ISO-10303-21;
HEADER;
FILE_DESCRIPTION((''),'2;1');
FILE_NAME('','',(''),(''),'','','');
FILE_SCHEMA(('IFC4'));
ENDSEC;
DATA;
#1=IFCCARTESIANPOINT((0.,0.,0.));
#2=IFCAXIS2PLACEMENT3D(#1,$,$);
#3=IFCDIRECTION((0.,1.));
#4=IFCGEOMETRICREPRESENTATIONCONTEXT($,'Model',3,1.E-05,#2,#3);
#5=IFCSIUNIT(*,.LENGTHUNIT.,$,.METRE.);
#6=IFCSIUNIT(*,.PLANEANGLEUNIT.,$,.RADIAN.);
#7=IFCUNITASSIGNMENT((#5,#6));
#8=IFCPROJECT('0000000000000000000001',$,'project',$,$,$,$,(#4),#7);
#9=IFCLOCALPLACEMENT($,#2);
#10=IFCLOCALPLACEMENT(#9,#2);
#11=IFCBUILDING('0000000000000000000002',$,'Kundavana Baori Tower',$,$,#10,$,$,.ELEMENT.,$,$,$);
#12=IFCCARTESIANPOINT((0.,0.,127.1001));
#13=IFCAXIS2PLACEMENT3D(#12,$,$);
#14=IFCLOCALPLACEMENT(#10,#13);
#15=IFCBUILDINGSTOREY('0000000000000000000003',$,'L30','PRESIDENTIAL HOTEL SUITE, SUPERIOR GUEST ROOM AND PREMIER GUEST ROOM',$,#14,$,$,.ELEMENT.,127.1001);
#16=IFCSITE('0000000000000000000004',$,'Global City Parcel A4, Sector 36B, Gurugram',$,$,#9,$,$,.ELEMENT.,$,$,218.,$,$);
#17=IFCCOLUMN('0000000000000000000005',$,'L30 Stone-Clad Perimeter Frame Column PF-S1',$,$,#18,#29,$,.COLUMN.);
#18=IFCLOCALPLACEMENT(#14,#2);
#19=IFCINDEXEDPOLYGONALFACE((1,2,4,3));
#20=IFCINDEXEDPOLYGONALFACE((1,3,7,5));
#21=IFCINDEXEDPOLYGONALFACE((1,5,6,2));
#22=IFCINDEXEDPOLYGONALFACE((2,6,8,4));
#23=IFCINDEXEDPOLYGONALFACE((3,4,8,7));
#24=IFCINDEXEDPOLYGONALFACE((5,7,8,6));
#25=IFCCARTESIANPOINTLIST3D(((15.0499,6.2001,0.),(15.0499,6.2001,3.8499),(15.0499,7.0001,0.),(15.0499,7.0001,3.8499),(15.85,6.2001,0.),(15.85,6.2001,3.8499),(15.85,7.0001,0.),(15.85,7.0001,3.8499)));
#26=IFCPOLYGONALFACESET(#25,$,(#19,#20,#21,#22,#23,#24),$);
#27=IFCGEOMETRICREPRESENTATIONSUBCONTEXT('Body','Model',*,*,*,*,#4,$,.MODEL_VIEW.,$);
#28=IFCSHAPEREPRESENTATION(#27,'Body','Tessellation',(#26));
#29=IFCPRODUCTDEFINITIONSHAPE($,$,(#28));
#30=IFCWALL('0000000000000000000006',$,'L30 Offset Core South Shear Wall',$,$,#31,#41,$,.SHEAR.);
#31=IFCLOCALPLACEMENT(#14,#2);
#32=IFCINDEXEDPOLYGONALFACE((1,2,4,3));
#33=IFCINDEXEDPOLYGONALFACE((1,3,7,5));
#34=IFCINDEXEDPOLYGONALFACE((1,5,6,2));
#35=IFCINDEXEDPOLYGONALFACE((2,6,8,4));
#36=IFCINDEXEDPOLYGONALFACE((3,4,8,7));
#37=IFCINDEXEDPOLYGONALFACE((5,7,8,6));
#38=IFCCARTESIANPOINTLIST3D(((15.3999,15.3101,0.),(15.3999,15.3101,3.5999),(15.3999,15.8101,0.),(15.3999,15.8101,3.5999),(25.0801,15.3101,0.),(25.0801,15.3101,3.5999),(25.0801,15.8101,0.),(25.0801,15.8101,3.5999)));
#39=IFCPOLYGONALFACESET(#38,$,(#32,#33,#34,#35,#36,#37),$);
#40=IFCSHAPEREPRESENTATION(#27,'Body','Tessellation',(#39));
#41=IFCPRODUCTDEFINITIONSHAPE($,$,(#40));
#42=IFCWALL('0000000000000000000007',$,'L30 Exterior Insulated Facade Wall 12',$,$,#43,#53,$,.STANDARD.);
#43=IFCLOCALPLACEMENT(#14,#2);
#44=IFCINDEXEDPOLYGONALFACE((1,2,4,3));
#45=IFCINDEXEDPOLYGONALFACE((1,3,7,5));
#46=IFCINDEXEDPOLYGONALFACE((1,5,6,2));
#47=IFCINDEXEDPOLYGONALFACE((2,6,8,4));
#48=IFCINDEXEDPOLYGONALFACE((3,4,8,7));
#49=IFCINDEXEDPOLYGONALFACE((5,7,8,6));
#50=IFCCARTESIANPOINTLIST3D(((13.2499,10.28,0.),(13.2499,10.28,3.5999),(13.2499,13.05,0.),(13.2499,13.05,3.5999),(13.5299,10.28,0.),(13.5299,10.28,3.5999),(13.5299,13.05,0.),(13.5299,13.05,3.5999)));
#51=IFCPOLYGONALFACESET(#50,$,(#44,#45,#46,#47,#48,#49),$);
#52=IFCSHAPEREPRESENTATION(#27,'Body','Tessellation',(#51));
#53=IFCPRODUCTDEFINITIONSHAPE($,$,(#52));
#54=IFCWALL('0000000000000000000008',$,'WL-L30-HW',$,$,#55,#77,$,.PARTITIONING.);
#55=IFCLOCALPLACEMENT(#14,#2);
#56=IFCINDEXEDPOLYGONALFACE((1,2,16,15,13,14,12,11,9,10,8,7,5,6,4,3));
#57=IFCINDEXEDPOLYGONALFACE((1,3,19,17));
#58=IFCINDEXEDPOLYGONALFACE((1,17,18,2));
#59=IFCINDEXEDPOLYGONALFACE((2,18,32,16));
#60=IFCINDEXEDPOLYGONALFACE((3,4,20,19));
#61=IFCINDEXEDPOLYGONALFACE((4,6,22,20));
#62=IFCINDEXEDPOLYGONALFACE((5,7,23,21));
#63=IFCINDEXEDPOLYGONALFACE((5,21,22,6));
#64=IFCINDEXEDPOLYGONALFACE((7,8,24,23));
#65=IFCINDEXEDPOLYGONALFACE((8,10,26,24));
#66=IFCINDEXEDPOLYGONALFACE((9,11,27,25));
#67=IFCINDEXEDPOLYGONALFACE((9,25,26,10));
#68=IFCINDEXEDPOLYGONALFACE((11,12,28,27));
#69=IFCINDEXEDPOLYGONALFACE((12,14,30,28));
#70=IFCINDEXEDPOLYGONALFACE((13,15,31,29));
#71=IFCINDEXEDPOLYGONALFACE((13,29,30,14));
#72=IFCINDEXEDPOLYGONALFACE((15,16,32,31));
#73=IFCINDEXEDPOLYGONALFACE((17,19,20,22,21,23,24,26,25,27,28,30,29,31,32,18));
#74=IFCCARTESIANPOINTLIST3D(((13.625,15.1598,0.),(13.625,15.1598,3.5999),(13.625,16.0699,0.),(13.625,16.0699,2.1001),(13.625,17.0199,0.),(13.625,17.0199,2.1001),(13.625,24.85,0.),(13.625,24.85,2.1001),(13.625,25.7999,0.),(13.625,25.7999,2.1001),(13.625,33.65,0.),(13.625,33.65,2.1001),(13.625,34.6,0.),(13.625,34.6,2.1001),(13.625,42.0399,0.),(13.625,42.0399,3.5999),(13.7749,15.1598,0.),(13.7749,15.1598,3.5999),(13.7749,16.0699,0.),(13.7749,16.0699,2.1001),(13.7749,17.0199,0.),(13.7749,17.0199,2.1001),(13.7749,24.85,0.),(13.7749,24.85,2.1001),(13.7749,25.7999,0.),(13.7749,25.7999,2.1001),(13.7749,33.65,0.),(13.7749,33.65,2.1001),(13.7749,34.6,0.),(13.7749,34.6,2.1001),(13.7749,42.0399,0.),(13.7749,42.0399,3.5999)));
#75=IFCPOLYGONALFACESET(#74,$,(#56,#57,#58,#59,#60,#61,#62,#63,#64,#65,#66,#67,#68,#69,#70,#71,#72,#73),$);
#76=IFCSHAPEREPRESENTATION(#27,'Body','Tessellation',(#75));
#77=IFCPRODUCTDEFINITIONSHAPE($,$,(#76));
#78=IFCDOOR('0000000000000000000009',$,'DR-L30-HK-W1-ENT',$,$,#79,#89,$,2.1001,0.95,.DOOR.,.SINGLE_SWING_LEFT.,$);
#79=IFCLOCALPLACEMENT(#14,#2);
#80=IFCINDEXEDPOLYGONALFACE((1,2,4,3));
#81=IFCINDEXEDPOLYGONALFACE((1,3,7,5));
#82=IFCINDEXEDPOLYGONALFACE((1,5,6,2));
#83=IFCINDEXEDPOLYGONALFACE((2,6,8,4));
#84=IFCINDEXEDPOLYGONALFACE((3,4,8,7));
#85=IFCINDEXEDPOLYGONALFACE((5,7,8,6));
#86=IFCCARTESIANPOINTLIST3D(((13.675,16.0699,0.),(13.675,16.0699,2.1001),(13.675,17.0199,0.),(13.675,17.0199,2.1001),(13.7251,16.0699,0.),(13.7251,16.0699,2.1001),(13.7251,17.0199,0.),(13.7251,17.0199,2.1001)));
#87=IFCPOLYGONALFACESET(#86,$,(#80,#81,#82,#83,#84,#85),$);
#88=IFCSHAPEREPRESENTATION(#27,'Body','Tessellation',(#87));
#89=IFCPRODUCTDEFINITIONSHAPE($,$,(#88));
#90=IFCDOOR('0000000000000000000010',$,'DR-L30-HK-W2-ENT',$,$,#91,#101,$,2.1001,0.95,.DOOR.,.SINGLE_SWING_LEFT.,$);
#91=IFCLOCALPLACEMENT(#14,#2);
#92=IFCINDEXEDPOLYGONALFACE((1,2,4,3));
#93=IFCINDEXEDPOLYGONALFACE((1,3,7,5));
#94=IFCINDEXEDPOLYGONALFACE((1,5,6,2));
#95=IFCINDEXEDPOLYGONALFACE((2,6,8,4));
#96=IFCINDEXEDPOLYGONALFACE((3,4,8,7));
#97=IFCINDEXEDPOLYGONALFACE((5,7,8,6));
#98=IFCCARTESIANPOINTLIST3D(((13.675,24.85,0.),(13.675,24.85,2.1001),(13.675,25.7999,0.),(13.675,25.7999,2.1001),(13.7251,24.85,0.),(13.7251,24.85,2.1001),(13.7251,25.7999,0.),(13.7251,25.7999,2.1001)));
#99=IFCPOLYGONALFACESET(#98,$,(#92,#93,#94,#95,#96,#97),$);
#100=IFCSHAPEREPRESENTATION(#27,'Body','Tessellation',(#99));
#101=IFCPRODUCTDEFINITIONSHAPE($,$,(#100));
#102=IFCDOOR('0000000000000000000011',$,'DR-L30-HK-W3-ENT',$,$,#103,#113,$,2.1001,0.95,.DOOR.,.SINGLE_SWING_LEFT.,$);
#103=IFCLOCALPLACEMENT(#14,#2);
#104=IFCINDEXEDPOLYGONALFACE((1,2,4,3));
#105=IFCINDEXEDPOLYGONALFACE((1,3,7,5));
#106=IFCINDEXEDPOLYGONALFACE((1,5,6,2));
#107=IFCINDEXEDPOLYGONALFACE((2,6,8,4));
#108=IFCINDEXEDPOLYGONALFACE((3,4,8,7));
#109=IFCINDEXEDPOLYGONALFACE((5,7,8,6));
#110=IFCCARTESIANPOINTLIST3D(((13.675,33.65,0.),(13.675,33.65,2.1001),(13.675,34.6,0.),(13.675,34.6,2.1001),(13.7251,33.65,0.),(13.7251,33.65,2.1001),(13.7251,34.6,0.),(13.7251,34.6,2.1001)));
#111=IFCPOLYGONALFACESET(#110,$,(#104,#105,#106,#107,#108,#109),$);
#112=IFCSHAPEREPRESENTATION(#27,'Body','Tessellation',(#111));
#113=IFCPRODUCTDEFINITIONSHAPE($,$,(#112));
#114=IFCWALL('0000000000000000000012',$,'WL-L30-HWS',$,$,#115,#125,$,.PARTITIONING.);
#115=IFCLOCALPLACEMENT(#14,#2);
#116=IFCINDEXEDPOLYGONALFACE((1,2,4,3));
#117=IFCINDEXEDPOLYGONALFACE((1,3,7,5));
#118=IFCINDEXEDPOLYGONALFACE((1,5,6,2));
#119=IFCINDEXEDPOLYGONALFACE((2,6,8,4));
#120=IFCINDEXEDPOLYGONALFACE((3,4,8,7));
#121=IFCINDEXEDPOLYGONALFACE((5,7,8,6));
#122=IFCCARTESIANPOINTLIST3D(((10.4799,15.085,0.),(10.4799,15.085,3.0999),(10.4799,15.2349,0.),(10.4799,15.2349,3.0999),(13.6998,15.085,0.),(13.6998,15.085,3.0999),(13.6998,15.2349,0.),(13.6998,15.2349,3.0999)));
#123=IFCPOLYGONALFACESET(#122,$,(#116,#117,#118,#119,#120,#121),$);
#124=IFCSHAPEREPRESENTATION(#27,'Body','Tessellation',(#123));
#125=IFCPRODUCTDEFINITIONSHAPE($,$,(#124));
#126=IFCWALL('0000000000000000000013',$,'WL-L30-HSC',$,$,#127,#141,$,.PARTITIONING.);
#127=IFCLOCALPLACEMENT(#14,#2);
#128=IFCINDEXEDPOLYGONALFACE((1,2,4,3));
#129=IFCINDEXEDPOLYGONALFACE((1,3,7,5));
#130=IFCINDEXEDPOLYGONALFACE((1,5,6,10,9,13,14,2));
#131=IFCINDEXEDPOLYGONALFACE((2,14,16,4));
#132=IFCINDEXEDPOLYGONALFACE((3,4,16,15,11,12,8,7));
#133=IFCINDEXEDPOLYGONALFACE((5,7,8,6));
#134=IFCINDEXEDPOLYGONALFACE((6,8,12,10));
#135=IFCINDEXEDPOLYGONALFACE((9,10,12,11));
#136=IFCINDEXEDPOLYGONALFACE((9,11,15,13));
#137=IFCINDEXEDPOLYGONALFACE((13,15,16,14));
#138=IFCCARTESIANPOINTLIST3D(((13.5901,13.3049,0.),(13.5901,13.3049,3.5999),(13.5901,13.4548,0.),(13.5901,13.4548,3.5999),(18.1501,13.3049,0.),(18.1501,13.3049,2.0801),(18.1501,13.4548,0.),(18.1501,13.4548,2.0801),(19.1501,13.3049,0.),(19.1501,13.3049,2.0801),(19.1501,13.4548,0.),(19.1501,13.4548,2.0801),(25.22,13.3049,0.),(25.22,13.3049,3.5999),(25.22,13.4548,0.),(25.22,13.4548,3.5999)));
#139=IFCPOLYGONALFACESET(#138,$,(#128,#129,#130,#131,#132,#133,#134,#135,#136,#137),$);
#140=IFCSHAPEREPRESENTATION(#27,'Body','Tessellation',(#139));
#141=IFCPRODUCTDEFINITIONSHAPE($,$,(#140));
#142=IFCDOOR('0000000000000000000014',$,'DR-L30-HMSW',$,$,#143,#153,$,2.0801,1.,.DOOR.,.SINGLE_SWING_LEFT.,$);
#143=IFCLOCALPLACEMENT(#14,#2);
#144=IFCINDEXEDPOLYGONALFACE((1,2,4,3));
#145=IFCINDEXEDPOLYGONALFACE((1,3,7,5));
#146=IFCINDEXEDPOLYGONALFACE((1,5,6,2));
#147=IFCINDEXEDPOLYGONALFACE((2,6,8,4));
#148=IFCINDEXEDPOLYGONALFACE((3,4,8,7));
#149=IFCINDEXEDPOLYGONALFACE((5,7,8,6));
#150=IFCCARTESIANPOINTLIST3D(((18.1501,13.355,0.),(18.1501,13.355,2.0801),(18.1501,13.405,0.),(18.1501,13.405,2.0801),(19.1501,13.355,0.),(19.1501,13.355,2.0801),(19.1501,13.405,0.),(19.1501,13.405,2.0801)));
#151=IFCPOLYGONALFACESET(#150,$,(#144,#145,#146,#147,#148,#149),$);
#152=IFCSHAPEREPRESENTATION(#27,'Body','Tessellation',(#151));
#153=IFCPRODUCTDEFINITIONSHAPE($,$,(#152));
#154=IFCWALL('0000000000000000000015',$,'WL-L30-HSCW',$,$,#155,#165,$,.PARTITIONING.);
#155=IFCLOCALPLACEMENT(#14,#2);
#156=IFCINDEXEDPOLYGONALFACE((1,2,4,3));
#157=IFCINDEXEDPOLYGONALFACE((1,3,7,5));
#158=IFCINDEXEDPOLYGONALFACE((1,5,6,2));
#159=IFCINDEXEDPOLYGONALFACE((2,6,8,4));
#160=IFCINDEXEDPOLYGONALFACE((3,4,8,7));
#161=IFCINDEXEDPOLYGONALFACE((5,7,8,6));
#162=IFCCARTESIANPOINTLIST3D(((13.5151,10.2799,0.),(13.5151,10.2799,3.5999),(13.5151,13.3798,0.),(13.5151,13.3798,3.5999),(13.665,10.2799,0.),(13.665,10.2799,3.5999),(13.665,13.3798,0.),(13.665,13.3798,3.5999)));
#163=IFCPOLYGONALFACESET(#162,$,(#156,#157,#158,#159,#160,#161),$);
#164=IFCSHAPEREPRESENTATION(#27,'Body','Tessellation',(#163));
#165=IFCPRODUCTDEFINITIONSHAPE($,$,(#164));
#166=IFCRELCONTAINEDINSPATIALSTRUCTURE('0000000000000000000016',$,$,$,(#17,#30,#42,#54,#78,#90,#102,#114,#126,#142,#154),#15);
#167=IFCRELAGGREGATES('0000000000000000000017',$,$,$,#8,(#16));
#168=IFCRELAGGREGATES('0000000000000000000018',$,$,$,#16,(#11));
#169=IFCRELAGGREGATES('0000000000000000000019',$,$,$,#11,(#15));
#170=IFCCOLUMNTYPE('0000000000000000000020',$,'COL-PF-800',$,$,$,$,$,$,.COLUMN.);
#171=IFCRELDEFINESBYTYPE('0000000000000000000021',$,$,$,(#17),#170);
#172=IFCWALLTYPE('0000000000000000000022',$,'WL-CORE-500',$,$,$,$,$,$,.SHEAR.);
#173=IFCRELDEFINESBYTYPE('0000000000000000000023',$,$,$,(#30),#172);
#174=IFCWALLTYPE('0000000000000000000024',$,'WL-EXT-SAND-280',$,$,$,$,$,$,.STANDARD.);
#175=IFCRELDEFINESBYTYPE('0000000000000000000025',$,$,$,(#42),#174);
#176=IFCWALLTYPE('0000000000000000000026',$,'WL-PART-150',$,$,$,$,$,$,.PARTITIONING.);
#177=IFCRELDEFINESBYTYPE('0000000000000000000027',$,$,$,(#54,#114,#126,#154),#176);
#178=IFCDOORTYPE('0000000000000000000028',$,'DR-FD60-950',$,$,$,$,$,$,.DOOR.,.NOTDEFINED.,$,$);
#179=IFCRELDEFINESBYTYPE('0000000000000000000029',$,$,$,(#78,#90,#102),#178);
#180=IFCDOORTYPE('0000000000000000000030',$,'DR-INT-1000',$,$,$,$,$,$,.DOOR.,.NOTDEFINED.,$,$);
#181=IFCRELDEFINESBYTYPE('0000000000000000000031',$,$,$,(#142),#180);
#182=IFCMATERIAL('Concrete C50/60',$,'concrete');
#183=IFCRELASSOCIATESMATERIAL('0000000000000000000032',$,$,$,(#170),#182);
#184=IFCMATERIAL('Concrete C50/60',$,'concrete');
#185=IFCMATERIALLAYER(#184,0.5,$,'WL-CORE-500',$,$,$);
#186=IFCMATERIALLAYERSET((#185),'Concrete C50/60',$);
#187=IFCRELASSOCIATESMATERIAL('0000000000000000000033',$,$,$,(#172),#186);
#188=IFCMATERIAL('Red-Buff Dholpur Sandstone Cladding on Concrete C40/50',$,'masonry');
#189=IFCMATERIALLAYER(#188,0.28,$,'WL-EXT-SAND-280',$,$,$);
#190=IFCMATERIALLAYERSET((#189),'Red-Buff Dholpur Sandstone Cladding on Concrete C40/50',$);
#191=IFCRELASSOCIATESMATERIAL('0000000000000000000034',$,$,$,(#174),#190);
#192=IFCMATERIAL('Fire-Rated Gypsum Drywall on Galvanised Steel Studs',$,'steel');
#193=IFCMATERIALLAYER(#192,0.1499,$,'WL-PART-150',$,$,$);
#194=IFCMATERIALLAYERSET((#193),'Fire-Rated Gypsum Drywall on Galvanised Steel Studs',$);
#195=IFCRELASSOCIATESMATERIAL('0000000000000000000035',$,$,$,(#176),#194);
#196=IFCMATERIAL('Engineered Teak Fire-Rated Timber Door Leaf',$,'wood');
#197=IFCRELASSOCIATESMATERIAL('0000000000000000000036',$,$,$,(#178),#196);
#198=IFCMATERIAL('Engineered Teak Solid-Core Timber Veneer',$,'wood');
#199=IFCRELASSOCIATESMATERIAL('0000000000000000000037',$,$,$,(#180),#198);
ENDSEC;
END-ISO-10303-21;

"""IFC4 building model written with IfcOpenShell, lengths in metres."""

from ifc_helpers import new_model, si_unit, direction, frame, frame_2d, origin, origin_2d, place, context, subcontext, project, spatial, rectangle, extrude, material, layer, layer_set, material_profile, profile_set, type_object, element, fill, save


model = new_model("IFC4")

# Units and contexts
model_context = context("Model", 3, precision=1e-05, world=origin(), true_north=direction((0.0, 1.0)))
body_context = subcontext(model_context, "Body", "Model", "MODEL_VIEW")
ifc_project = project(units=[si_unit("LENGTHUNIT", "METRE"), si_unit("PLANEANGLEUNIT", "RADIAN")], contexts=[model_context])

# Site, building, storey
site_placement = place(None, origin())
site = spatial("IfcSite", under=ifc_project, at=site_placement, Name="Global City Parcel A4, Sector 36B, Gurugram", CompositionType="ELEMENT", RefElevation=218.0)
building_placement = place(site_placement, origin())
building = spatial("IfcBuilding", under=site, at=building_placement, Name="Kundavana Baori Tower", CompositionType="ELEMENT")
storey_placement = place(building_placement, frame((0.0, 0.0, 127.1001)))
storey = spatial("IfcBuildingStorey", under=building, at=storey_placement, Name="L30", Description="PRESIDENTIAL HOTEL SUITE, SUPERIOR GUEST ROOM AND PREMIER GUEST ROOM", CompositionType="ELEMENT", Elevation=127.1001)

# Column
ifc_material_1 = material(Name="Concrete C50/60", Category="concrete")
ifc_material_profile = material_profile(ifc_material_1, rectangle(XDim=0.8, YDim=0.8, at=origin_2d()), Name="RC PF 800x800")
ifc_profile_set = profile_set([ifc_material_profile], Name="Concrete C50/60")
column_type = type_object("IfcColumnType", Name="COL-PF-800", PredefinedType="COLUMN", material=ifc_profile_set)
column_placement = place(storey_placement, frame((15.45, 6.6001, 0.0), z_axis=(0.0, 0.0, 1.0), x_axis=(1.0, 0.0, 0.0)))
element("IfcColumn", 1, at=column_placement, inside=storey, type_object=column_type, Name="L30 Stone-Clad Perimeter Frame Column PF-S1", PredefinedType="COLUMN", context=body_context, shape_type="SweptSolid", body=[
    extrude(rectangle(XDim=0.8, YDim=0.8, at=origin_2d()), origin(), (0.0, 0.0, 1.0), 3.8499),
])

# Wall
ifc_material_2 = material(Name="Concrete C50/60", Category="concrete")
ifc_layer_1 = layer(ifc_material_2, 0.5, Name="WL-CORE-500")
ifc_layer_set_1 = layer_set([ifc_layer_1], Name="Concrete C50/60")
wall_type_1 = type_object("IfcWallType", Name="WL-CORE-500", PredefinedType="SHEAR", material=ifc_layer_set_1)
wall_1_placement = place(storey_placement, frame((15.3999, 15.5601, 0.0), z_axis=(0.0, 0.0, 1.0), x_axis=(1.0, 0.0, 0.0)))
element("IfcWall", 2, at=wall_1_placement, inside=storey, type_object=wall_type_1, Name="L30 Offset Core South Shear Wall", PredefinedType="SHEAR", context=body_context, shape_type="SweptSolid", body=[
    extrude(rectangle(XDim=9.6802, YDim=0.5, at=frame_2d((4.8401, 0.0))), origin(), (0.0, 0.0, 1.0), 3.5999),
])

# Shared definitions
ifc_material_3 = material(Name="Red-Buff Dholpur Sandstone Cladding on Concrete C40/50", Category="masonry")
ifc_layer_2 = layer(ifc_material_3, 0.28, Name="WL-EXT-SAND-280")
ifc_layer_set_2 = layer_set([ifc_layer_2], Name="Red-Buff Dholpur Sandstone Cladding on Concrete C40/50")
wall_type_2 = type_object("IfcWallType", Name="WL-EXT-SAND-280", PredefinedType="STANDARD", material=ifc_layer_set_2)

# Wall
wall_2_placement = place(storey_placement, frame((13.3899, 13.05, 0.0), z_axis=(0.0, 0.0, 1.0), x_axis=(0.0, -1.0, 0.0)))
element("IfcWall", 3, at=wall_2_placement, inside=storey, type_object=wall_type_2, Name="L30 Exterior Insulated Facade Wall 12", PredefinedType="STANDARD", context=body_context, shape_type="SweptSolid", body=[
    extrude(rectangle(XDim=2.77, YDim=0.28, at=frame_2d((1.385, 0.0))), origin(), (0.0, 0.0, 1.0), 3.5999),
])

# Wall, openings, doors
ifc_material_4 = material(Name="Fire-Rated Gypsum Drywall on Galvanised Steel Studs", Category="steel")
ifc_layer_3 = layer(ifc_material_4, 0.1499, Name="WL-PART-150")
ifc_layer_set_3 = layer_set([ifc_layer_3], Name="Fire-Rated Gypsum Drywall on Galvanised Steel Studs")
wall_type_3 = type_object("IfcWallType", Name="WL-PART-150", PredefinedType="PARTITIONING", material=ifc_layer_set_3)
wall_3_placement = place(storey_placement, frame((13.7, 15.1599, 0.0), z_axis=(0.0, 0.0, 1.0), x_axis=(0.0, 1.0, 0.0)))
wall_3 = element("IfcWall", 4, at=wall_3_placement, inside=storey, type_object=wall_type_3, Name="WL-L30-HW", PredefinedType="PARTITIONING", context=body_context, shape_type="SweptSolid", body=[
    extrude(rectangle(XDim=26.8801, YDim=0.1499, at=frame_2d((13.4399, 0.0))), origin(), (0.0, 0.0, 1.0), 3.5999),
])
opening_1_placement = place(wall_3_placement, frame((0.9099, 0.0, 0.0)))
opening_1 = element("IfcOpeningElement", 5, at=opening_1_placement, cuts=wall_3, PredefinedType="OPENING", context=body_context, shape_type="SweptSolid", body=[
    extrude(rectangle(XDim=0.95, YDim=2.1001, at=frame_2d((0.4751, 1.05))), frame((0.0, 0.085, 0.0), z_axis=(0.0, -1.0, 0.0), x_axis=(1.0, 0.0, 0.0)), (0.0, 0.0, 1.0), 0.1699),
])
opening_2_placement = place(wall_3_placement, frame((9.6899, 0.0, 0.0)))
opening_2 = element("IfcOpeningElement", 6, at=opening_2_placement, cuts=wall_3, PredefinedType="OPENING", context=body_context, shape_type="SweptSolid", body=[
    extrude(rectangle(XDim=0.95, YDim=2.1001, at=frame_2d((0.4751, 1.05))), frame((0.0, 0.085, 0.0), z_axis=(0.0, -1.0, 0.0), x_axis=(1.0, 0.0, 0.0)), (0.0, 0.0, 1.0), 0.1699),
])
opening_3_placement = place(wall_3_placement, frame((18.49, 0.0, 0.0)))
opening_3 = element("IfcOpeningElement", 7, at=opening_3_placement, cuts=wall_3, PredefinedType="OPENING", context=body_context, shape_type="SweptSolid", body=[
    extrude(rectangle(XDim=0.95, YDim=2.1001, at=frame_2d((0.4751, 1.05))), frame((0.0, 0.085, 0.0), z_axis=(0.0, -1.0, 0.0), x_axis=(1.0, 0.0, 0.0)), (0.0, 0.0, 1.0), 0.1699),
])
ifc_material_5 = material(Name="Engineered Teak Fire-Rated Timber Door Leaf", Category="wood")
door_type_1 = type_object("IfcDoorType", Name="DR-FD60-950", OperationType="NOTDEFINED", PredefinedType="DOOR", material=ifc_material_5)
door_1_placement = place(opening_1_placement, origin())
door_1 = element("IfcDoor", 8, at=door_1_placement, inside=storey, type_object=door_type_1, Name="DR-L30-HK-W1-ENT", OperationType="SINGLE_SWING_LEFT", OverallHeight=2.1001, OverallWidth=0.95, PredefinedType="DOOR", context=body_context, shape_type="SweptSolid", body=[
    extrude(rectangle(XDim=0.95, YDim=2.1001, at=frame_2d((0.4751, 1.05))), frame((0.0, 0.0249, 0.0), z_axis=(0.0, -1.0, 0.0), x_axis=(1.0, 0.0, 0.0)), (0.0, 0.0, 1.0), 0.05),
])
fill(opening_1, door_1)
door_2_placement = place(opening_2_placement, origin())
door_2 = element("IfcDoor", 9, at=door_2_placement, inside=storey, type_object=door_type_1, Name="DR-L30-HK-W2-ENT", OperationType="SINGLE_SWING_LEFT", OverallHeight=2.1001, OverallWidth=0.95, PredefinedType="DOOR", context=body_context, shape_type="SweptSolid", body=[
    extrude(rectangle(XDim=0.95, YDim=2.1001, at=frame_2d((0.4751, 1.05))), frame((0.0, 0.0249, 0.0), z_axis=(0.0, -1.0, 0.0), x_axis=(1.0, 0.0, 0.0)), (0.0, 0.0, 1.0), 0.05),
])
fill(opening_2, door_2)
door_3_placement = place(opening_3_placement, origin())
door_3 = element("IfcDoor", 10, at=door_3_placement, inside=storey, type_object=door_type_1, Name="DR-L30-HK-W3-ENT", OperationType="SINGLE_SWING_LEFT", OverallHeight=2.1001, OverallWidth=0.95, PredefinedType="DOOR", context=body_context, shape_type="SweptSolid", body=[
    extrude(rectangle(XDim=0.95, YDim=2.1001, at=frame_2d((0.4751, 1.05))), frame((0.0, 0.0249, 0.0), z_axis=(0.0, -1.0, 0.0), x_axis=(1.0, 0.0, 0.0)), (0.0, 0.0, 1.0), 0.05),
])
fill(opening_3, door_3)

# Wall
wall_4_placement = place(storey_placement, frame((10.48, 15.1599, 0.0), z_axis=(0.0, 0.0, 1.0), x_axis=(1.0, 0.0, 0.0)))
element("IfcWall", 11, at=wall_4_placement, inside=storey, type_object=wall_type_3, Name="WL-L30-HWS", PredefinedType="PARTITIONING", context=body_context, shape_type="SweptSolid", body=[
    extrude(rectangle(XDim=3.22, YDim=0.1499, at=frame_2d((1.6099, 0.0))), origin(), (0.0, 0.0, 1.0), 3.0999),
])

# Wall, opening, door
wall_5_placement = place(storey_placement, frame((13.5901, 13.3799, 0.0), z_axis=(0.0, 0.0, 1.0), x_axis=(1.0, 0.0, 0.0)))
wall_5 = element("IfcWall", 12, at=wall_5_placement, inside=storey, type_object=wall_type_3, Name="WL-L30-HSC", PredefinedType="PARTITIONING", context=body_context, shape_type="SweptSolid", body=[
    extrude(rectangle(XDim=11.6299, YDim=0.1499, at=frame_2d((5.8149, 0.0))), origin(), (0.0, 0.0, 1.0), 3.5999),
])
opening_4_placement = place(wall_5_placement, frame((4.5601, 0.0, 0.0)))
opening_4 = element("IfcOpeningElement", 13, at=opening_4_placement, cuts=wall_5, PredefinedType="OPENING", context=body_context, shape_type="SweptSolid", body=[
    extrude(rectangle(XDim=1.0, YDim=2.0801, at=frame_2d((0.5, 1.04))), frame((0.0, 0.085, 0.0), z_axis=(0.0, -1.0, 0.0), x_axis=(1.0, 0.0, 0.0)), (0.0, 0.0, 1.0), 0.1699),
])
ifc_material_6 = material(Name="Engineered Teak Solid-Core Timber Veneer", Category="wood")
door_type_2 = type_object("IfcDoorType", Name="DR-INT-1000", OperationType="NOTDEFINED", PredefinedType="DOOR", material=ifc_material_6)
door_4_placement = place(opening_4_placement, frame((1.0, 0.0, 0.0), z_axis=(0.0, 0.0, 1.0), x_axis=(-1.0, 0.0, 0.0)))
door_4 = element("IfcDoor", 14, at=door_4_placement, inside=storey, type_object=door_type_2, Name="DR-L30-HMSW", OperationType="SINGLE_SWING_LEFT", OverallHeight=2.0801, OverallWidth=1.0, PredefinedType="DOOR", context=body_context, shape_type="SweptSolid", body=[
    extrude(rectangle(XDim=1.0, YDim=2.0801, at=frame_2d((0.5, 1.04))), frame((0.0, 0.0249, 0.0), z_axis=(0.0, -1.0, 0.0), x_axis=(1.0, 0.0, 0.0)), (0.0, 0.0, 1.0), 0.05),
])
fill(opening_4, door_4)

# Wall
wall_6_placement = place(storey_placement, frame((13.5901, 10.28, 0.0), z_axis=(0.0, 0.0, 1.0), x_axis=(0.0, 1.0, 0.0)))
element("IfcWall", 15, at=wall_6_placement, inside=storey, type_object=wall_type_3, Name="WL-L30-HSCW", PredefinedType="PARTITIONING", context=body_context, shape_type="SweptSolid", body=[
    extrude(rectangle(XDim=3.0999, YDim=0.1499, at=frame_2d((1.5498, 0.0))), origin(), (0.0, 0.0, 1.0), 3.5999),
])

save(model, "model.ifc")
